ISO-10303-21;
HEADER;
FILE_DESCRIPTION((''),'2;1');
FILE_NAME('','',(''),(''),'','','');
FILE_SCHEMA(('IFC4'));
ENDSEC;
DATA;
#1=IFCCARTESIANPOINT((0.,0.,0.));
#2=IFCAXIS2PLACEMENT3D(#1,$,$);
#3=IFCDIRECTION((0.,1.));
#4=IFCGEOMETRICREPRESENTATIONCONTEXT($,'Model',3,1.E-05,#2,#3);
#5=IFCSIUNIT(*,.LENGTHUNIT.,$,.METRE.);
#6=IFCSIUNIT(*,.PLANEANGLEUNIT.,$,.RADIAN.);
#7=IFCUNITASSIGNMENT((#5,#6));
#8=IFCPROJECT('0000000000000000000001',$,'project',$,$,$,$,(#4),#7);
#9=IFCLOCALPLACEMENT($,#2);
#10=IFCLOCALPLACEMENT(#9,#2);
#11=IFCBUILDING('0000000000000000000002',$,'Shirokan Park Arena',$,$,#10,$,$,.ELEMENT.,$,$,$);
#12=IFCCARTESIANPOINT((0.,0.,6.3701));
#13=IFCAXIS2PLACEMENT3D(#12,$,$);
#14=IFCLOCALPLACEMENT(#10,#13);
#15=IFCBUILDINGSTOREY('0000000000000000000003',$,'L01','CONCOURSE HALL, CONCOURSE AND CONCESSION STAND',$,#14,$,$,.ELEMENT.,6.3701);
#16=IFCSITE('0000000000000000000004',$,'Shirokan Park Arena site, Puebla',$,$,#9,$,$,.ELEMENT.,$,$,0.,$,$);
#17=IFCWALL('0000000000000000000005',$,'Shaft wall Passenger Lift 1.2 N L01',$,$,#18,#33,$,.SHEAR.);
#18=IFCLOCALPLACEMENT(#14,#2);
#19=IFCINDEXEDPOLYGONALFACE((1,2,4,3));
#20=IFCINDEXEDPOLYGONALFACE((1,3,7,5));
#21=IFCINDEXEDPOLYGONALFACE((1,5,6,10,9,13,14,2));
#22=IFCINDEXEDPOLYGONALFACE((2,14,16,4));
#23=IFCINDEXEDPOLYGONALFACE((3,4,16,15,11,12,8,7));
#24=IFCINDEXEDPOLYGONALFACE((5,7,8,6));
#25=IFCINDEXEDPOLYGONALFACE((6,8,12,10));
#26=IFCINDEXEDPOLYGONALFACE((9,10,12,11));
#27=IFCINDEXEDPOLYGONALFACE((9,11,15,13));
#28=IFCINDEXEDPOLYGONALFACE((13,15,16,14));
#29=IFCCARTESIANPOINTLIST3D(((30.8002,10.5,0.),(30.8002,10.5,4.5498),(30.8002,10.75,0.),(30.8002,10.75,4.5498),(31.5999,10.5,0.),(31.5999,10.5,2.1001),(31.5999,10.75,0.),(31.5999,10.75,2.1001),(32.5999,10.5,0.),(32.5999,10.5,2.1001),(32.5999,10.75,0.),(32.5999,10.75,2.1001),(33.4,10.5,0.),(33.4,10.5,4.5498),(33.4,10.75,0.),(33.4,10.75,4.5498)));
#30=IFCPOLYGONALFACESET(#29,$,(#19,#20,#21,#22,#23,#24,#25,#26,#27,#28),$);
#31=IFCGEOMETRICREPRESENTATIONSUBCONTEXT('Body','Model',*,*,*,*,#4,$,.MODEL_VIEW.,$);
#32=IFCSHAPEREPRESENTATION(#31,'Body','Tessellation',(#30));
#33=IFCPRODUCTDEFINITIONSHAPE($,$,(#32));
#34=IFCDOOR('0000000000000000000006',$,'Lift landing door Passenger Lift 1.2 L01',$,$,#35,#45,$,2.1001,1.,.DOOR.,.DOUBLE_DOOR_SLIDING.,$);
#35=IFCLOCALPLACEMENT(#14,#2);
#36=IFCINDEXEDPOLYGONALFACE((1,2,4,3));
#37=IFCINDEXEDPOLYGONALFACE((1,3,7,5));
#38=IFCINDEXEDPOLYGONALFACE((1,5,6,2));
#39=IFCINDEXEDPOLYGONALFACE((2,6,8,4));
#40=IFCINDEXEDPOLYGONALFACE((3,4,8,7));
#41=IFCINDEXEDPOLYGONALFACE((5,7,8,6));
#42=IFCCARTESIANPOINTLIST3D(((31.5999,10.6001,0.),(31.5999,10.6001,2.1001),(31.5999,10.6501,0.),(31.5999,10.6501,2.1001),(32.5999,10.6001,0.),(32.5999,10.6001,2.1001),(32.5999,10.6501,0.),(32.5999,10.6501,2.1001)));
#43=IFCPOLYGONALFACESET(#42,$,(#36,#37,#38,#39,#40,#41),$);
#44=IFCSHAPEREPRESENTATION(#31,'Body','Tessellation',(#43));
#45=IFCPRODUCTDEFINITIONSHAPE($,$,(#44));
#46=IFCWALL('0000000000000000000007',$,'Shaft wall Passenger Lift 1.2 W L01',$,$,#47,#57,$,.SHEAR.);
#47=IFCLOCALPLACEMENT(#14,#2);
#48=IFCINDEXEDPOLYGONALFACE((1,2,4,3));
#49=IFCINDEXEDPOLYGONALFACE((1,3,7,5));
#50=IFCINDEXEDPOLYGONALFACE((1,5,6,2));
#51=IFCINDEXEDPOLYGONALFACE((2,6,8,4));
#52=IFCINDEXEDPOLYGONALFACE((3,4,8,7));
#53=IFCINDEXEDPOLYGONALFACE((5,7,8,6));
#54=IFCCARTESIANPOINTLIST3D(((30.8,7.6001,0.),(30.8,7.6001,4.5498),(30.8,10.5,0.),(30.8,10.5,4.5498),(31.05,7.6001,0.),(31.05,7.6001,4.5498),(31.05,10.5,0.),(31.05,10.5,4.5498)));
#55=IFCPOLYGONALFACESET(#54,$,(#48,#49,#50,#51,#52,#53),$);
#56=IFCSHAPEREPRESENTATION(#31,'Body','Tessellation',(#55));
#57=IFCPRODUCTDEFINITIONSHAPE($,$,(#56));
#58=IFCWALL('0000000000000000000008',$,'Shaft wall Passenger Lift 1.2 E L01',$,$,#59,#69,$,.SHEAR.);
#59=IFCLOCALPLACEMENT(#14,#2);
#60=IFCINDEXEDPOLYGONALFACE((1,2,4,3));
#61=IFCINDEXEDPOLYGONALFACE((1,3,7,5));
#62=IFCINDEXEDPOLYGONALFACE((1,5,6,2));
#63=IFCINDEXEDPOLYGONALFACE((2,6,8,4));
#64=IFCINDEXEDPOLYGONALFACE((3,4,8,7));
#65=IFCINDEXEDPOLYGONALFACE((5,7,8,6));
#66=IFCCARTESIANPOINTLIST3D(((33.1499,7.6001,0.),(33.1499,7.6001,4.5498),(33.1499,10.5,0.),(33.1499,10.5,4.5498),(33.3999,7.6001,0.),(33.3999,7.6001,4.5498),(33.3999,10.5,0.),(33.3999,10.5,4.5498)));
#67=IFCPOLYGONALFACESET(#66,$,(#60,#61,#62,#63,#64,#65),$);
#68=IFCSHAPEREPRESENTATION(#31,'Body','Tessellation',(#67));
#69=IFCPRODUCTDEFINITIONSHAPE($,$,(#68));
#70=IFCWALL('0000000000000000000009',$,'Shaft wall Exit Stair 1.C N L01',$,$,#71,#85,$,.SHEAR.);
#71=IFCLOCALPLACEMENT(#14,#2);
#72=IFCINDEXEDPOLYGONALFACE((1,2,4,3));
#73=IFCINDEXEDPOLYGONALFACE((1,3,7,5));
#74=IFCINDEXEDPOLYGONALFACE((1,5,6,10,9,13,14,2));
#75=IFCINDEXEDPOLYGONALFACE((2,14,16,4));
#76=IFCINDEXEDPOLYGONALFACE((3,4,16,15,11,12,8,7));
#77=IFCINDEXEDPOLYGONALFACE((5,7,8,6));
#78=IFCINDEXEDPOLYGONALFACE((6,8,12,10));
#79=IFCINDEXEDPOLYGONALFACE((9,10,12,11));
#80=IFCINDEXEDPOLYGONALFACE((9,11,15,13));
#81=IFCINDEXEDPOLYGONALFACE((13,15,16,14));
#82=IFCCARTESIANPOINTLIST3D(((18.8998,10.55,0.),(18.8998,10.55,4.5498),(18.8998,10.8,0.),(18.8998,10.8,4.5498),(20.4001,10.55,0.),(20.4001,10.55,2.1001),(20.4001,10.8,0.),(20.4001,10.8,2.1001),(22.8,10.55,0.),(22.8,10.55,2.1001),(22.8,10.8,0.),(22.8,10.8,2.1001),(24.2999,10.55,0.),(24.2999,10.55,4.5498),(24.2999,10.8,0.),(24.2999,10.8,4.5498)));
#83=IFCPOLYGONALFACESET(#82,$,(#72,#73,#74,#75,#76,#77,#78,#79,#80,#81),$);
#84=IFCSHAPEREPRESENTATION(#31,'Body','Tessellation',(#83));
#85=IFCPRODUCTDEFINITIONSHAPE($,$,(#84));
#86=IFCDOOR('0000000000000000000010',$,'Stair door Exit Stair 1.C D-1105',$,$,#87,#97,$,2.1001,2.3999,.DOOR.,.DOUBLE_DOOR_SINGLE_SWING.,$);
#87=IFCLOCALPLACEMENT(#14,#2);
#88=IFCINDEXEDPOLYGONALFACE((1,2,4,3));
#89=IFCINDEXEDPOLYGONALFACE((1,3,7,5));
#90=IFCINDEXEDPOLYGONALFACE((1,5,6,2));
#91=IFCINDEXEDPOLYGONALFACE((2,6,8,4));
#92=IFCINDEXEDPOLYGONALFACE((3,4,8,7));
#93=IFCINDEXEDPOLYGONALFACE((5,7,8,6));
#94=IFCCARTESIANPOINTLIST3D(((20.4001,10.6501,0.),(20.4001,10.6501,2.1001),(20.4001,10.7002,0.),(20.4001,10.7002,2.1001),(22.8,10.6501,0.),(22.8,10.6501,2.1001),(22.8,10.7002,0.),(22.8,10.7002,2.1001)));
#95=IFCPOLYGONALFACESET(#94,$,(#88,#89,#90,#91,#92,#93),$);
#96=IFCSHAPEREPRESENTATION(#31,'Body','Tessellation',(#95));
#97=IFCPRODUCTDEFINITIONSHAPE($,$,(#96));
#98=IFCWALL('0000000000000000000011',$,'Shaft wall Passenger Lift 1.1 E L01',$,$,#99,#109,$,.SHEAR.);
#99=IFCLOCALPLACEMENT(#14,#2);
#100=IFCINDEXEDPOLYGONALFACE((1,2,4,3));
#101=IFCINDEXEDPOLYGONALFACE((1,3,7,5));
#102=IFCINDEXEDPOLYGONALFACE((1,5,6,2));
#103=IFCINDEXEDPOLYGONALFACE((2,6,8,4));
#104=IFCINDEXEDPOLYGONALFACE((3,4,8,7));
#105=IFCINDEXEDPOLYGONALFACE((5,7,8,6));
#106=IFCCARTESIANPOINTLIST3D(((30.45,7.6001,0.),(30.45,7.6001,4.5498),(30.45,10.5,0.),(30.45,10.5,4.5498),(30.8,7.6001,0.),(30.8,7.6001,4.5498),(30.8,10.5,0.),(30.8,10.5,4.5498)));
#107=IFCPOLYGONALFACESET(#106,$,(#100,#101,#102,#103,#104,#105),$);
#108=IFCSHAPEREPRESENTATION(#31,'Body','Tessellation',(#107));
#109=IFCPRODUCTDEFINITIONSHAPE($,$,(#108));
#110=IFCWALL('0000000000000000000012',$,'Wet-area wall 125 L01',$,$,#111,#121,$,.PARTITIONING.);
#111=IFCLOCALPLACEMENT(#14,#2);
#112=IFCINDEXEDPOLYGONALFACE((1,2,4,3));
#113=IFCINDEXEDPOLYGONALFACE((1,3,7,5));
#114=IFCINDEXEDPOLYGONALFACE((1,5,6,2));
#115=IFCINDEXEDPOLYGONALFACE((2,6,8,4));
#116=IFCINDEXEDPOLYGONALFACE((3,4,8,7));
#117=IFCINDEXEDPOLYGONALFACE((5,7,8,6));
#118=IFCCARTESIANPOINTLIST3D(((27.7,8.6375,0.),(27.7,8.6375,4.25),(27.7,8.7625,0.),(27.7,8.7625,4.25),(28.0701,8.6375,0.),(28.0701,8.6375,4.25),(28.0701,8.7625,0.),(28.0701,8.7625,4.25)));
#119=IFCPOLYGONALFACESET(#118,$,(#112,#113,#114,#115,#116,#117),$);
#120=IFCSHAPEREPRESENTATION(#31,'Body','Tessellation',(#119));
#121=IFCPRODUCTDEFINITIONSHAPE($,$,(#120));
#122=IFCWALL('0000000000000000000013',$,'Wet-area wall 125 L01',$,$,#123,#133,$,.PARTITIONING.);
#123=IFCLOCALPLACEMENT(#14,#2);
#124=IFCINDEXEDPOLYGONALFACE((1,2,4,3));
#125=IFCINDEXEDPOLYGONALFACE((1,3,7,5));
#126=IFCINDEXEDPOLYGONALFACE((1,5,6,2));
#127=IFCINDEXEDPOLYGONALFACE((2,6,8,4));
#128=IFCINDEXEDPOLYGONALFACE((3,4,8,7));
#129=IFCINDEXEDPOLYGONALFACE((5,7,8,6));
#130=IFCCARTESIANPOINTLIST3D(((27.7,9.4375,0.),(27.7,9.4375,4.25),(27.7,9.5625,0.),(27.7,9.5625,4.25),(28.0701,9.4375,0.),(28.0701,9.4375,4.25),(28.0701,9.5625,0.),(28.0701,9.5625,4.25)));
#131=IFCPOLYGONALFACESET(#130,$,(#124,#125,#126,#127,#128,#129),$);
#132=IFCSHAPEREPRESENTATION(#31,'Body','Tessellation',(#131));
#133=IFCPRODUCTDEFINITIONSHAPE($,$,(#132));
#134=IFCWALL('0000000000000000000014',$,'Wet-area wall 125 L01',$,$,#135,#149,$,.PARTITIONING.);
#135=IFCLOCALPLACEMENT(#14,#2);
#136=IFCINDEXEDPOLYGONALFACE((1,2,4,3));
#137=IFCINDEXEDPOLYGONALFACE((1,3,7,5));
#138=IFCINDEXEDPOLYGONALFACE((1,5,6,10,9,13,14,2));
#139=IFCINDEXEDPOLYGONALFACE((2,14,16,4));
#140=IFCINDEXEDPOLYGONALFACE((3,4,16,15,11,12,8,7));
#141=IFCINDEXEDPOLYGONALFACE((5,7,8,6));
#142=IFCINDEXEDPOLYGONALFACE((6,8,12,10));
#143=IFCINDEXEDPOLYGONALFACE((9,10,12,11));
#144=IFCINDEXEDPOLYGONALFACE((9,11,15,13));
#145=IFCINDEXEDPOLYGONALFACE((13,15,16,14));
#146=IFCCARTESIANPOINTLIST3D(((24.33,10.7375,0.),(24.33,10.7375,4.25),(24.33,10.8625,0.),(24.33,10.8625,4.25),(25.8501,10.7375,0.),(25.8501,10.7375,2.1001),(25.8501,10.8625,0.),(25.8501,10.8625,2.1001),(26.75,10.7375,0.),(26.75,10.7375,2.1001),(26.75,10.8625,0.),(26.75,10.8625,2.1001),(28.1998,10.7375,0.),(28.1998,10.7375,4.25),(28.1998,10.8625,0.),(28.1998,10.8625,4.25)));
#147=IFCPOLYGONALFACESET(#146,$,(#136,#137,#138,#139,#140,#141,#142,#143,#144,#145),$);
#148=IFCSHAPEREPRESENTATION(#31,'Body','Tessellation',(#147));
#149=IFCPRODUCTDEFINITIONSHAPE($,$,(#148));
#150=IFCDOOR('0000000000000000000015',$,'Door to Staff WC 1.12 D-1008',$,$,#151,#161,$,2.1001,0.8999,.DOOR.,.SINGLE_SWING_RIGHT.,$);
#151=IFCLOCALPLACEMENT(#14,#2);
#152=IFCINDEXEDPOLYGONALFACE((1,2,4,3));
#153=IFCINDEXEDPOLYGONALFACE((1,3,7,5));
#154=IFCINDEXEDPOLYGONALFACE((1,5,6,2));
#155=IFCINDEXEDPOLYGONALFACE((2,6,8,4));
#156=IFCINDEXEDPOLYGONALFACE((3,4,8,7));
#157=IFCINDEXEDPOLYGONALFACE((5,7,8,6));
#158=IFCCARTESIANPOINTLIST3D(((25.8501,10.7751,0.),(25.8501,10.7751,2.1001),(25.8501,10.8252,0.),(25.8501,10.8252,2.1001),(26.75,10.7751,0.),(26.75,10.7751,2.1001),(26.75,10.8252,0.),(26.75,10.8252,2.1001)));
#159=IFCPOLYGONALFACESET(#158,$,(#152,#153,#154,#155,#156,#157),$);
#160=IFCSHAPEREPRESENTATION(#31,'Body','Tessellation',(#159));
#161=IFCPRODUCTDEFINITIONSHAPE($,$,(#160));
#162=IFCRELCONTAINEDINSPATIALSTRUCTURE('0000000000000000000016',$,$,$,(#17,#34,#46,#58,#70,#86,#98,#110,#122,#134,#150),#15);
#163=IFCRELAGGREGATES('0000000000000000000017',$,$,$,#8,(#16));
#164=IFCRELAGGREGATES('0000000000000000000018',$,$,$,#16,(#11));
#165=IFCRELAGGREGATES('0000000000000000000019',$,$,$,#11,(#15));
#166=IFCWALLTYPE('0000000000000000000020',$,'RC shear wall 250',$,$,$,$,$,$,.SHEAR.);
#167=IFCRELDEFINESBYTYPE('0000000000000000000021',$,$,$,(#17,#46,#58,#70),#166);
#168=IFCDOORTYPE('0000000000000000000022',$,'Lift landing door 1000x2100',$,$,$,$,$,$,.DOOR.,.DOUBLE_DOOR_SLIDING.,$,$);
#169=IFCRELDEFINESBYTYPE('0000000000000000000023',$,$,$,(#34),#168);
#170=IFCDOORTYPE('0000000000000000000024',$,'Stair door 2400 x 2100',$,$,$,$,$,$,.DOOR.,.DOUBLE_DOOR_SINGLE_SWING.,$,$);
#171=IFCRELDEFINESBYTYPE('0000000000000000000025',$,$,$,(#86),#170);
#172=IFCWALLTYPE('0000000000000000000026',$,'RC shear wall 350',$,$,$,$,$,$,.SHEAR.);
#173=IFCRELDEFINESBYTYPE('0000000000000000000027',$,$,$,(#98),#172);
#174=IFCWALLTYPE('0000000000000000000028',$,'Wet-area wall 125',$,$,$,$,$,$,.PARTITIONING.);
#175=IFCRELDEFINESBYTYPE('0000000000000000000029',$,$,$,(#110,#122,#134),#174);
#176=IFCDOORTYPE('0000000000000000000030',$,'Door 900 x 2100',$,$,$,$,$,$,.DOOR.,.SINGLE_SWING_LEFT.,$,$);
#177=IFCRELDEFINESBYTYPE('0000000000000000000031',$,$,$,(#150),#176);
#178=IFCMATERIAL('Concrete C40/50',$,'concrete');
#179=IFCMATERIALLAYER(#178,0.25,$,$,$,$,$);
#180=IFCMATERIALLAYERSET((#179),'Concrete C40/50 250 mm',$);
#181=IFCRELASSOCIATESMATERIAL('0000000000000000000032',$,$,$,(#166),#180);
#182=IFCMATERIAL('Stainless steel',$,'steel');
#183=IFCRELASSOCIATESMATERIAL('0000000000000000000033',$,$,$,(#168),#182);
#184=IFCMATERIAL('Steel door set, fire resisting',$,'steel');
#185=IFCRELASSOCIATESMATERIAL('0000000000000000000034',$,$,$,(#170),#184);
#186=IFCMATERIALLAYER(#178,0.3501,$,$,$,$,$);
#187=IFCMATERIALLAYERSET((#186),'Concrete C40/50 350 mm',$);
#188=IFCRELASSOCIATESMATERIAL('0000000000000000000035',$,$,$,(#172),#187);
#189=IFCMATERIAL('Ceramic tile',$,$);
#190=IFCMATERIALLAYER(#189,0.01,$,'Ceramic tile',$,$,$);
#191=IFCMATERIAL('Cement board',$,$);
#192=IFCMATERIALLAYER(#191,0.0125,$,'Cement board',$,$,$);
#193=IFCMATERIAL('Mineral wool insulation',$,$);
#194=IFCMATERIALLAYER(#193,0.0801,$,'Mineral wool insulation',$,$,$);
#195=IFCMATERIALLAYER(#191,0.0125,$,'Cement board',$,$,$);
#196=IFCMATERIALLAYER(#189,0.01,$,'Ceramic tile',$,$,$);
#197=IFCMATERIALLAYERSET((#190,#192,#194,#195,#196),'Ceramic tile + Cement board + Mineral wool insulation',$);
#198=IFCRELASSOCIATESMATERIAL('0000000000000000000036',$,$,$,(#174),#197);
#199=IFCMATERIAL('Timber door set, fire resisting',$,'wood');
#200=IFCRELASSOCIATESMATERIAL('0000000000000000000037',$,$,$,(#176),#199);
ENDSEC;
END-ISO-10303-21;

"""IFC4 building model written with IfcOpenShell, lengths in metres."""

from ifc_helpers import new_model, si_unit, direction, frame, frame_2d, origin, place, context, subcontext, project, spatial, rectangle, extrude, material, layer, layer_set, type_object, element, fill, save


model = new_model("IFC4")

# Units and contexts
model_context = context("Model", 3, precision=1e-05, world=origin(), true_north=direction((0.0, 1.0)))
body_context = subcontext(model_context, "Body", "Model", "MODEL_VIEW")
ifc_project = project(units=[si_unit("LENGTHUNIT", "METRE"), si_unit("PLANEANGLEUNIT", "RADIAN")], contexts=[model_context])

# Site, building, storey
site_placement = place(None, origin())
site = spatial("IfcSite", under=ifc_project, at=site_placement, Name="Shirokan Park Arena site, Puebla", CompositionType="ELEMENT", RefElevation=0.0)
building_placement = place(site_placement, origin())
building = spatial("IfcBuilding", under=site, at=building_placement, Name="Shirokan Park Arena", CompositionType="ELEMENT")
storey_placement = place(building_placement, frame((0.0, 0.0, 6.3701)))
storey = spatial("IfcBuildingStorey", under=building, at=storey_placement, Name="L01", Description="CONCOURSE HALL, CONCOURSE AND CONCESSION STAND", CompositionType="ELEMENT", Elevation=6.3701)

# Shared definitions
ifc_material_1 = material(Name="Mineral wool insulation")

# Shared definitions
ifc_material_2 = material(Name="Concrete C40/50", Category="concrete")
ifc_layer_1 = layer(ifc_material_2, 0.25)
ifc_layer_set_1 = layer_set([ifc_layer_1], Name="Concrete C40/50 250 mm")
wall_type_1 = type_object("IfcWallType", Name="RC shear wall 250", PredefinedType="SHEAR", material=ifc_layer_set_1)

# Shared definitions
ifc_material_3 = material(Name="Stainless steel", Category="steel")
door_type_1 = type_object("IfcDoorType", Name="Lift landing door 1000x2100", OperationType="DOUBLE_DOOR_SLIDING", PredefinedType="DOOR", material=ifc_material_3)

# Wall, opening, door
wall_1_placement = place(storey_placement, frame((33.3999, 10.625, 0.0), z_axis=(0.0, 0.0, 1.0), x_axis=(-1.0, 0.0, 0.0)))
wall_1 = element("IfcWall", 1, at=wall_1_placement, inside=storey, type_object=wall_type_1, Name="Shaft wall Passenger Lift 1.2 N L01", PredefinedType="SHEAR", context=body_context, shape_type="SweptSolid", body=[
    extrude(rectangle(XDim=2.5999, YDim=0.25, at=frame_2d((1.2998, 0.0))), origin(), (0.0, 0.0, 1.0), 4.5498),
])
opening_1_placement = place(wall_1_placement, frame((0.8, 0.0, 0.0)))
opening_1 = element("IfcOpeningElement", 2, at=opening_1_placement, cuts=wall_1, PredefinedType="OPENING", context=body_context, shape_type="SweptSolid", body=[
    extrude(rectangle(XDim=1.0, YDim=2.1001, at=frame_2d((0.5, 1.05))), frame((0.0, 0.135, 0.0), z_axis=(0.0, -1.0, 0.0), x_axis=(1.0, 0.0, 0.0)), (0.0, 0.0, 1.0), 0.27),
])
door_1_placement = place(opening_1_placement, origin())
door_1 = element("IfcDoor", 3, at=door_1_placement, inside=storey, type_object=door_type_1, Name="Lift landing door Passenger Lift 1.2 L01", OperationType="DOUBLE_DOOR_SLIDING", OverallHeight=2.1001, OverallWidth=1.0, PredefinedType="DOOR", context=body_context, shape_type="SweptSolid", body=[
    extrude(rectangle(XDim=1.0, YDim=2.1001, at=frame_2d((0.5, 1.05))), frame((0.0, 0.0249, 0.0), z_axis=(0.0, -1.0, 0.0), x_axis=(1.0, 0.0, 0.0)), (0.0, 0.0, 1.0), 0.05),
])
fill(opening_1, door_1)

# Walls
for number, where, z_axis, x_axis, name in (
    (4, (30.925, 10.5, 0.0), (0.0, 0.0, 1.0), (0.0, -1.0, 0.0), "Shaft wall Passenger Lift 1.2 W L01"),
    (5, (33.2749, 10.5, 0.0), (0.0, 0.0, 1.0), (0.0, -1.0, 0.0), "Shaft wall Passenger Lift 1.2 E L01"),
):
    element("IfcWall", number, at=place(storey_placement, frame(where, z_axis=z_axis, x_axis=x_axis)), inside=storey, type_object=wall_type_1, Name=name, PredefinedType="SHEAR", context=body_context, shape_type="SweptSolid", body=[
        extrude(rectangle(XDim=2.8999, YDim=0.25, at=frame_2d((1.45, 0.0))), origin(), (0.0, 0.0, 1.0), 4.5498),
    ])

# Wall, opening, door
wall_2_placement = place(storey_placement, frame((24.3, 10.675, 0.0), z_axis=(0.0, 0.0, 1.0), x_axis=(-1.0, 0.0, 0.0)))
wall_2 = element("IfcWall", 6, at=wall_2_placement, inside=storey, type_object=wall_type_1, Name="Shaft wall Exit Stair 1.C N L01", PredefinedType="SHEAR", context=body_context, shape_type="SweptSolid", body=[
    extrude(rectangle(XDim=5.4001, YDim=0.25, at=frame_2d((2.7002, 0.0))), origin(), (0.0, 0.0, 1.0), 4.5498),
])
opening_2_placement = place(wall_2_placement, frame((1.5, 0.0, 0.0)))
opening_2 = element("IfcOpeningElement", 7, at=opening_2_placement, cuts=wall_2, PredefinedType="OPENING", context=body_context, shape_type="SweptSolid", body=[
    extrude(rectangle(XDim=2.3999, YDim=2.1001, at=frame_2d((1.2, 1.05))), frame((0.0, 0.135, 0.0), z_axis=(0.0, -1.0, 0.0), x_axis=(1.0, 0.0, 0.0)), (0.0, 0.0, 1.0), 0.27),
])
ifc_material_4 = material(Name="Steel door set, fire resisting", Category="steel")
door_type_2 = type_object("IfcDoorType", Name="Stair door 2400 x 2100", OperationType="DOUBLE_DOOR_SINGLE_SWING", PredefinedType="DOOR", material=ifc_material_4)
door_2_placement = place(opening_2_placement, origin())
door_2 = element("IfcDoor", 8, at=door_2_placement, inside=storey, type_object=door_type_2, Name="Stair door Exit Stair 1.C D-1105", OperationType="DOUBLE_DOOR_SINGLE_SWING", OverallHeight=2.1001, OverallWidth=2.3999, PredefinedType="DOOR", context=body_context, shape_type="SweptSolid", body=[
    extrude(rectangle(XDim=2.3999, YDim=2.1001, at=frame_2d((1.2, 1.05))), frame((0.0, 0.0249, 0.0), z_axis=(0.0, -1.0, 0.0), x_axis=(1.0, 0.0, 0.0)), (0.0, 0.0, 1.0), 0.05),
])
fill(opening_2, door_2)

# Walls
ifc_layer_2 = layer(ifc_material_2, 0.3501)
ifc_layer_set_2 = layer_set([ifc_layer_2], Name="Concrete C40/50 350 mm")
wall_type_2 = type_object("IfcWallType", Name="RC shear wall 350", PredefinedType="SHEAR", material=ifc_layer_set_2)
wall_3_placement = place(storey_placement, frame((30.625, 10.5, 0.0), z_axis=(0.0, 0.0, 1.0), x_axis=(0.0, -1.0, 0.0)))
element("IfcWall", 9, at=wall_3_placement, inside=storey, type_object=wall_type_2, Name="Shaft wall Passenger Lift 1.1 E L01", PredefinedType="SHEAR", context=body_context, shape_type="SweptSolid", body=[
    extrude(rectangle(XDim=2.8999, YDim=0.3501, at=frame_2d((1.45, 0.0))), origin(), (0.0, 0.0, 1.0), 4.5498),
])
ifc_material_5 = material(Name="Ceramic tile")
ifc_layer_3 = layer(ifc_material_5, 0.01, Name="Ceramic tile")
ifc_material_6 = material(Name="Cement board")
ifc_layer_4 = layer(ifc_material_6, 0.0125, Name="Cement board")
ifc_layer_5 = layer(ifc_material_1, 0.0801, Name="Mineral wool insulation")
ifc_layer_6 = layer(ifc_material_6, 0.0125, Name="Cement board")
ifc_layer_7 = layer(ifc_material_5, 0.01, Name="Ceramic tile")
ifc_layer_set_3 = layer_set([ifc_layer_3, ifc_layer_4, ifc_layer_5, ifc_layer_6, ifc_layer_7], Name="Ceramic tile + Cement board + Mineral wool insulation")
wall_type_3 = type_object("IfcWallType", Name="Wet-area wall 125", PredefinedType="PARTITIONING", material=ifc_layer_set_3)
for number, where, z_axis, x_axis, name in (
    (10, (27.7, 8.7, 0.0), (0.0, 0.0, 1.0), (1.0, 0.0, 0.0), "Wet-area wall 125 L01"),
    (11, (28.0701, 9.5, 0.0), (0.0, 0.0, 1.0), (-1.0, 0.0, 0.0), "Wet-area wall 125 L01"),
):
    element("IfcWall", number, at=place(storey_placement, frame(where, z_axis=z_axis, x_axis=x_axis)), inside=storey, type_object=wall_type_3, Name=name, PredefinedType="PARTITIONING", context=body_context, shape_type="SweptSolid", body=[
        extrude(rectangle(XDim=0.3701, YDim=0.125, at=frame_2d((0.1851, 0.0))), origin(), (0.0, 0.0, 1.0), 4.25),
    ])

# Wall, opening, door
wall_4_placement = place(storey_placement, frame((28.2, 10.8, 0.0), z_axis=(0.0, 0.0, 1.0), x_axis=(-1.0, 0.0, 0.0)))
wall_4 = element("IfcWall", 12, at=wall_4_placement, inside=storey, type_object=wall_type_3, Name="Wet-area wall 125 L01", PredefinedType="PARTITIONING", context=body_context, shape_type="SweptSolid", body=[
    extrude(rectangle(XDim=3.8699, YDim=0.125, at=frame_2d((1.9351, 0.0))), origin(), (0.0, 0.0, 1.0), 4.25),
])
opening_3_placement = place(wall_4_placement, frame((1.45, 0.0, 0.0)))
opening_3 = element("IfcOpeningElement", 13, at=opening_3_placement, cuts=wall_4, PredefinedType="OPENING", context=body_context, shape_type="SweptSolid", body=[
    extrude(rectangle(XDim=0.8999, YDim=2.1001, at=frame_2d((0.45, 1.05))), frame((0.0, 0.0725, 0.0), z_axis=(0.0, -1.0, 0.0), x_axis=(1.0, 0.0, 0.0)), (0.0, 0.0, 1.0), 0.145),
])
ifc_material_7 = material(Name="Timber door set, fire resisting", Category="wood")
door_type_3 = type_object("IfcDoorType", Name="Door 900 x 2100", OperationType="SINGLE_SWING_LEFT", PredefinedType="DOOR", material=ifc_material_7)
door_3_placement = place(opening_3_placement, origin())
door_3 = element("IfcDoor", 14, at=door_3_placement, inside=storey, type_object=door_type_3, Name="Door to Staff WC 1.12 D-1008", OperationType="SINGLE_SWING_RIGHT", OverallHeight=2.1001, OverallWidth=0.8999, PredefinedType="DOOR", context=body_context, shape_type="SweptSolid", body=[
    extrude(rectangle(XDim=0.8999, YDim=2.1001, at=frame_2d((0.45, 1.05))), frame((0.0, 0.0249, 0.0), z_axis=(0.0, -1.0, 0.0), x_axis=(1.0, 0.0, 0.0)), (0.0, 0.0, 1.0), 0.05),
])
fill(opening_3, door_3)

save(model, "model.ifc")
